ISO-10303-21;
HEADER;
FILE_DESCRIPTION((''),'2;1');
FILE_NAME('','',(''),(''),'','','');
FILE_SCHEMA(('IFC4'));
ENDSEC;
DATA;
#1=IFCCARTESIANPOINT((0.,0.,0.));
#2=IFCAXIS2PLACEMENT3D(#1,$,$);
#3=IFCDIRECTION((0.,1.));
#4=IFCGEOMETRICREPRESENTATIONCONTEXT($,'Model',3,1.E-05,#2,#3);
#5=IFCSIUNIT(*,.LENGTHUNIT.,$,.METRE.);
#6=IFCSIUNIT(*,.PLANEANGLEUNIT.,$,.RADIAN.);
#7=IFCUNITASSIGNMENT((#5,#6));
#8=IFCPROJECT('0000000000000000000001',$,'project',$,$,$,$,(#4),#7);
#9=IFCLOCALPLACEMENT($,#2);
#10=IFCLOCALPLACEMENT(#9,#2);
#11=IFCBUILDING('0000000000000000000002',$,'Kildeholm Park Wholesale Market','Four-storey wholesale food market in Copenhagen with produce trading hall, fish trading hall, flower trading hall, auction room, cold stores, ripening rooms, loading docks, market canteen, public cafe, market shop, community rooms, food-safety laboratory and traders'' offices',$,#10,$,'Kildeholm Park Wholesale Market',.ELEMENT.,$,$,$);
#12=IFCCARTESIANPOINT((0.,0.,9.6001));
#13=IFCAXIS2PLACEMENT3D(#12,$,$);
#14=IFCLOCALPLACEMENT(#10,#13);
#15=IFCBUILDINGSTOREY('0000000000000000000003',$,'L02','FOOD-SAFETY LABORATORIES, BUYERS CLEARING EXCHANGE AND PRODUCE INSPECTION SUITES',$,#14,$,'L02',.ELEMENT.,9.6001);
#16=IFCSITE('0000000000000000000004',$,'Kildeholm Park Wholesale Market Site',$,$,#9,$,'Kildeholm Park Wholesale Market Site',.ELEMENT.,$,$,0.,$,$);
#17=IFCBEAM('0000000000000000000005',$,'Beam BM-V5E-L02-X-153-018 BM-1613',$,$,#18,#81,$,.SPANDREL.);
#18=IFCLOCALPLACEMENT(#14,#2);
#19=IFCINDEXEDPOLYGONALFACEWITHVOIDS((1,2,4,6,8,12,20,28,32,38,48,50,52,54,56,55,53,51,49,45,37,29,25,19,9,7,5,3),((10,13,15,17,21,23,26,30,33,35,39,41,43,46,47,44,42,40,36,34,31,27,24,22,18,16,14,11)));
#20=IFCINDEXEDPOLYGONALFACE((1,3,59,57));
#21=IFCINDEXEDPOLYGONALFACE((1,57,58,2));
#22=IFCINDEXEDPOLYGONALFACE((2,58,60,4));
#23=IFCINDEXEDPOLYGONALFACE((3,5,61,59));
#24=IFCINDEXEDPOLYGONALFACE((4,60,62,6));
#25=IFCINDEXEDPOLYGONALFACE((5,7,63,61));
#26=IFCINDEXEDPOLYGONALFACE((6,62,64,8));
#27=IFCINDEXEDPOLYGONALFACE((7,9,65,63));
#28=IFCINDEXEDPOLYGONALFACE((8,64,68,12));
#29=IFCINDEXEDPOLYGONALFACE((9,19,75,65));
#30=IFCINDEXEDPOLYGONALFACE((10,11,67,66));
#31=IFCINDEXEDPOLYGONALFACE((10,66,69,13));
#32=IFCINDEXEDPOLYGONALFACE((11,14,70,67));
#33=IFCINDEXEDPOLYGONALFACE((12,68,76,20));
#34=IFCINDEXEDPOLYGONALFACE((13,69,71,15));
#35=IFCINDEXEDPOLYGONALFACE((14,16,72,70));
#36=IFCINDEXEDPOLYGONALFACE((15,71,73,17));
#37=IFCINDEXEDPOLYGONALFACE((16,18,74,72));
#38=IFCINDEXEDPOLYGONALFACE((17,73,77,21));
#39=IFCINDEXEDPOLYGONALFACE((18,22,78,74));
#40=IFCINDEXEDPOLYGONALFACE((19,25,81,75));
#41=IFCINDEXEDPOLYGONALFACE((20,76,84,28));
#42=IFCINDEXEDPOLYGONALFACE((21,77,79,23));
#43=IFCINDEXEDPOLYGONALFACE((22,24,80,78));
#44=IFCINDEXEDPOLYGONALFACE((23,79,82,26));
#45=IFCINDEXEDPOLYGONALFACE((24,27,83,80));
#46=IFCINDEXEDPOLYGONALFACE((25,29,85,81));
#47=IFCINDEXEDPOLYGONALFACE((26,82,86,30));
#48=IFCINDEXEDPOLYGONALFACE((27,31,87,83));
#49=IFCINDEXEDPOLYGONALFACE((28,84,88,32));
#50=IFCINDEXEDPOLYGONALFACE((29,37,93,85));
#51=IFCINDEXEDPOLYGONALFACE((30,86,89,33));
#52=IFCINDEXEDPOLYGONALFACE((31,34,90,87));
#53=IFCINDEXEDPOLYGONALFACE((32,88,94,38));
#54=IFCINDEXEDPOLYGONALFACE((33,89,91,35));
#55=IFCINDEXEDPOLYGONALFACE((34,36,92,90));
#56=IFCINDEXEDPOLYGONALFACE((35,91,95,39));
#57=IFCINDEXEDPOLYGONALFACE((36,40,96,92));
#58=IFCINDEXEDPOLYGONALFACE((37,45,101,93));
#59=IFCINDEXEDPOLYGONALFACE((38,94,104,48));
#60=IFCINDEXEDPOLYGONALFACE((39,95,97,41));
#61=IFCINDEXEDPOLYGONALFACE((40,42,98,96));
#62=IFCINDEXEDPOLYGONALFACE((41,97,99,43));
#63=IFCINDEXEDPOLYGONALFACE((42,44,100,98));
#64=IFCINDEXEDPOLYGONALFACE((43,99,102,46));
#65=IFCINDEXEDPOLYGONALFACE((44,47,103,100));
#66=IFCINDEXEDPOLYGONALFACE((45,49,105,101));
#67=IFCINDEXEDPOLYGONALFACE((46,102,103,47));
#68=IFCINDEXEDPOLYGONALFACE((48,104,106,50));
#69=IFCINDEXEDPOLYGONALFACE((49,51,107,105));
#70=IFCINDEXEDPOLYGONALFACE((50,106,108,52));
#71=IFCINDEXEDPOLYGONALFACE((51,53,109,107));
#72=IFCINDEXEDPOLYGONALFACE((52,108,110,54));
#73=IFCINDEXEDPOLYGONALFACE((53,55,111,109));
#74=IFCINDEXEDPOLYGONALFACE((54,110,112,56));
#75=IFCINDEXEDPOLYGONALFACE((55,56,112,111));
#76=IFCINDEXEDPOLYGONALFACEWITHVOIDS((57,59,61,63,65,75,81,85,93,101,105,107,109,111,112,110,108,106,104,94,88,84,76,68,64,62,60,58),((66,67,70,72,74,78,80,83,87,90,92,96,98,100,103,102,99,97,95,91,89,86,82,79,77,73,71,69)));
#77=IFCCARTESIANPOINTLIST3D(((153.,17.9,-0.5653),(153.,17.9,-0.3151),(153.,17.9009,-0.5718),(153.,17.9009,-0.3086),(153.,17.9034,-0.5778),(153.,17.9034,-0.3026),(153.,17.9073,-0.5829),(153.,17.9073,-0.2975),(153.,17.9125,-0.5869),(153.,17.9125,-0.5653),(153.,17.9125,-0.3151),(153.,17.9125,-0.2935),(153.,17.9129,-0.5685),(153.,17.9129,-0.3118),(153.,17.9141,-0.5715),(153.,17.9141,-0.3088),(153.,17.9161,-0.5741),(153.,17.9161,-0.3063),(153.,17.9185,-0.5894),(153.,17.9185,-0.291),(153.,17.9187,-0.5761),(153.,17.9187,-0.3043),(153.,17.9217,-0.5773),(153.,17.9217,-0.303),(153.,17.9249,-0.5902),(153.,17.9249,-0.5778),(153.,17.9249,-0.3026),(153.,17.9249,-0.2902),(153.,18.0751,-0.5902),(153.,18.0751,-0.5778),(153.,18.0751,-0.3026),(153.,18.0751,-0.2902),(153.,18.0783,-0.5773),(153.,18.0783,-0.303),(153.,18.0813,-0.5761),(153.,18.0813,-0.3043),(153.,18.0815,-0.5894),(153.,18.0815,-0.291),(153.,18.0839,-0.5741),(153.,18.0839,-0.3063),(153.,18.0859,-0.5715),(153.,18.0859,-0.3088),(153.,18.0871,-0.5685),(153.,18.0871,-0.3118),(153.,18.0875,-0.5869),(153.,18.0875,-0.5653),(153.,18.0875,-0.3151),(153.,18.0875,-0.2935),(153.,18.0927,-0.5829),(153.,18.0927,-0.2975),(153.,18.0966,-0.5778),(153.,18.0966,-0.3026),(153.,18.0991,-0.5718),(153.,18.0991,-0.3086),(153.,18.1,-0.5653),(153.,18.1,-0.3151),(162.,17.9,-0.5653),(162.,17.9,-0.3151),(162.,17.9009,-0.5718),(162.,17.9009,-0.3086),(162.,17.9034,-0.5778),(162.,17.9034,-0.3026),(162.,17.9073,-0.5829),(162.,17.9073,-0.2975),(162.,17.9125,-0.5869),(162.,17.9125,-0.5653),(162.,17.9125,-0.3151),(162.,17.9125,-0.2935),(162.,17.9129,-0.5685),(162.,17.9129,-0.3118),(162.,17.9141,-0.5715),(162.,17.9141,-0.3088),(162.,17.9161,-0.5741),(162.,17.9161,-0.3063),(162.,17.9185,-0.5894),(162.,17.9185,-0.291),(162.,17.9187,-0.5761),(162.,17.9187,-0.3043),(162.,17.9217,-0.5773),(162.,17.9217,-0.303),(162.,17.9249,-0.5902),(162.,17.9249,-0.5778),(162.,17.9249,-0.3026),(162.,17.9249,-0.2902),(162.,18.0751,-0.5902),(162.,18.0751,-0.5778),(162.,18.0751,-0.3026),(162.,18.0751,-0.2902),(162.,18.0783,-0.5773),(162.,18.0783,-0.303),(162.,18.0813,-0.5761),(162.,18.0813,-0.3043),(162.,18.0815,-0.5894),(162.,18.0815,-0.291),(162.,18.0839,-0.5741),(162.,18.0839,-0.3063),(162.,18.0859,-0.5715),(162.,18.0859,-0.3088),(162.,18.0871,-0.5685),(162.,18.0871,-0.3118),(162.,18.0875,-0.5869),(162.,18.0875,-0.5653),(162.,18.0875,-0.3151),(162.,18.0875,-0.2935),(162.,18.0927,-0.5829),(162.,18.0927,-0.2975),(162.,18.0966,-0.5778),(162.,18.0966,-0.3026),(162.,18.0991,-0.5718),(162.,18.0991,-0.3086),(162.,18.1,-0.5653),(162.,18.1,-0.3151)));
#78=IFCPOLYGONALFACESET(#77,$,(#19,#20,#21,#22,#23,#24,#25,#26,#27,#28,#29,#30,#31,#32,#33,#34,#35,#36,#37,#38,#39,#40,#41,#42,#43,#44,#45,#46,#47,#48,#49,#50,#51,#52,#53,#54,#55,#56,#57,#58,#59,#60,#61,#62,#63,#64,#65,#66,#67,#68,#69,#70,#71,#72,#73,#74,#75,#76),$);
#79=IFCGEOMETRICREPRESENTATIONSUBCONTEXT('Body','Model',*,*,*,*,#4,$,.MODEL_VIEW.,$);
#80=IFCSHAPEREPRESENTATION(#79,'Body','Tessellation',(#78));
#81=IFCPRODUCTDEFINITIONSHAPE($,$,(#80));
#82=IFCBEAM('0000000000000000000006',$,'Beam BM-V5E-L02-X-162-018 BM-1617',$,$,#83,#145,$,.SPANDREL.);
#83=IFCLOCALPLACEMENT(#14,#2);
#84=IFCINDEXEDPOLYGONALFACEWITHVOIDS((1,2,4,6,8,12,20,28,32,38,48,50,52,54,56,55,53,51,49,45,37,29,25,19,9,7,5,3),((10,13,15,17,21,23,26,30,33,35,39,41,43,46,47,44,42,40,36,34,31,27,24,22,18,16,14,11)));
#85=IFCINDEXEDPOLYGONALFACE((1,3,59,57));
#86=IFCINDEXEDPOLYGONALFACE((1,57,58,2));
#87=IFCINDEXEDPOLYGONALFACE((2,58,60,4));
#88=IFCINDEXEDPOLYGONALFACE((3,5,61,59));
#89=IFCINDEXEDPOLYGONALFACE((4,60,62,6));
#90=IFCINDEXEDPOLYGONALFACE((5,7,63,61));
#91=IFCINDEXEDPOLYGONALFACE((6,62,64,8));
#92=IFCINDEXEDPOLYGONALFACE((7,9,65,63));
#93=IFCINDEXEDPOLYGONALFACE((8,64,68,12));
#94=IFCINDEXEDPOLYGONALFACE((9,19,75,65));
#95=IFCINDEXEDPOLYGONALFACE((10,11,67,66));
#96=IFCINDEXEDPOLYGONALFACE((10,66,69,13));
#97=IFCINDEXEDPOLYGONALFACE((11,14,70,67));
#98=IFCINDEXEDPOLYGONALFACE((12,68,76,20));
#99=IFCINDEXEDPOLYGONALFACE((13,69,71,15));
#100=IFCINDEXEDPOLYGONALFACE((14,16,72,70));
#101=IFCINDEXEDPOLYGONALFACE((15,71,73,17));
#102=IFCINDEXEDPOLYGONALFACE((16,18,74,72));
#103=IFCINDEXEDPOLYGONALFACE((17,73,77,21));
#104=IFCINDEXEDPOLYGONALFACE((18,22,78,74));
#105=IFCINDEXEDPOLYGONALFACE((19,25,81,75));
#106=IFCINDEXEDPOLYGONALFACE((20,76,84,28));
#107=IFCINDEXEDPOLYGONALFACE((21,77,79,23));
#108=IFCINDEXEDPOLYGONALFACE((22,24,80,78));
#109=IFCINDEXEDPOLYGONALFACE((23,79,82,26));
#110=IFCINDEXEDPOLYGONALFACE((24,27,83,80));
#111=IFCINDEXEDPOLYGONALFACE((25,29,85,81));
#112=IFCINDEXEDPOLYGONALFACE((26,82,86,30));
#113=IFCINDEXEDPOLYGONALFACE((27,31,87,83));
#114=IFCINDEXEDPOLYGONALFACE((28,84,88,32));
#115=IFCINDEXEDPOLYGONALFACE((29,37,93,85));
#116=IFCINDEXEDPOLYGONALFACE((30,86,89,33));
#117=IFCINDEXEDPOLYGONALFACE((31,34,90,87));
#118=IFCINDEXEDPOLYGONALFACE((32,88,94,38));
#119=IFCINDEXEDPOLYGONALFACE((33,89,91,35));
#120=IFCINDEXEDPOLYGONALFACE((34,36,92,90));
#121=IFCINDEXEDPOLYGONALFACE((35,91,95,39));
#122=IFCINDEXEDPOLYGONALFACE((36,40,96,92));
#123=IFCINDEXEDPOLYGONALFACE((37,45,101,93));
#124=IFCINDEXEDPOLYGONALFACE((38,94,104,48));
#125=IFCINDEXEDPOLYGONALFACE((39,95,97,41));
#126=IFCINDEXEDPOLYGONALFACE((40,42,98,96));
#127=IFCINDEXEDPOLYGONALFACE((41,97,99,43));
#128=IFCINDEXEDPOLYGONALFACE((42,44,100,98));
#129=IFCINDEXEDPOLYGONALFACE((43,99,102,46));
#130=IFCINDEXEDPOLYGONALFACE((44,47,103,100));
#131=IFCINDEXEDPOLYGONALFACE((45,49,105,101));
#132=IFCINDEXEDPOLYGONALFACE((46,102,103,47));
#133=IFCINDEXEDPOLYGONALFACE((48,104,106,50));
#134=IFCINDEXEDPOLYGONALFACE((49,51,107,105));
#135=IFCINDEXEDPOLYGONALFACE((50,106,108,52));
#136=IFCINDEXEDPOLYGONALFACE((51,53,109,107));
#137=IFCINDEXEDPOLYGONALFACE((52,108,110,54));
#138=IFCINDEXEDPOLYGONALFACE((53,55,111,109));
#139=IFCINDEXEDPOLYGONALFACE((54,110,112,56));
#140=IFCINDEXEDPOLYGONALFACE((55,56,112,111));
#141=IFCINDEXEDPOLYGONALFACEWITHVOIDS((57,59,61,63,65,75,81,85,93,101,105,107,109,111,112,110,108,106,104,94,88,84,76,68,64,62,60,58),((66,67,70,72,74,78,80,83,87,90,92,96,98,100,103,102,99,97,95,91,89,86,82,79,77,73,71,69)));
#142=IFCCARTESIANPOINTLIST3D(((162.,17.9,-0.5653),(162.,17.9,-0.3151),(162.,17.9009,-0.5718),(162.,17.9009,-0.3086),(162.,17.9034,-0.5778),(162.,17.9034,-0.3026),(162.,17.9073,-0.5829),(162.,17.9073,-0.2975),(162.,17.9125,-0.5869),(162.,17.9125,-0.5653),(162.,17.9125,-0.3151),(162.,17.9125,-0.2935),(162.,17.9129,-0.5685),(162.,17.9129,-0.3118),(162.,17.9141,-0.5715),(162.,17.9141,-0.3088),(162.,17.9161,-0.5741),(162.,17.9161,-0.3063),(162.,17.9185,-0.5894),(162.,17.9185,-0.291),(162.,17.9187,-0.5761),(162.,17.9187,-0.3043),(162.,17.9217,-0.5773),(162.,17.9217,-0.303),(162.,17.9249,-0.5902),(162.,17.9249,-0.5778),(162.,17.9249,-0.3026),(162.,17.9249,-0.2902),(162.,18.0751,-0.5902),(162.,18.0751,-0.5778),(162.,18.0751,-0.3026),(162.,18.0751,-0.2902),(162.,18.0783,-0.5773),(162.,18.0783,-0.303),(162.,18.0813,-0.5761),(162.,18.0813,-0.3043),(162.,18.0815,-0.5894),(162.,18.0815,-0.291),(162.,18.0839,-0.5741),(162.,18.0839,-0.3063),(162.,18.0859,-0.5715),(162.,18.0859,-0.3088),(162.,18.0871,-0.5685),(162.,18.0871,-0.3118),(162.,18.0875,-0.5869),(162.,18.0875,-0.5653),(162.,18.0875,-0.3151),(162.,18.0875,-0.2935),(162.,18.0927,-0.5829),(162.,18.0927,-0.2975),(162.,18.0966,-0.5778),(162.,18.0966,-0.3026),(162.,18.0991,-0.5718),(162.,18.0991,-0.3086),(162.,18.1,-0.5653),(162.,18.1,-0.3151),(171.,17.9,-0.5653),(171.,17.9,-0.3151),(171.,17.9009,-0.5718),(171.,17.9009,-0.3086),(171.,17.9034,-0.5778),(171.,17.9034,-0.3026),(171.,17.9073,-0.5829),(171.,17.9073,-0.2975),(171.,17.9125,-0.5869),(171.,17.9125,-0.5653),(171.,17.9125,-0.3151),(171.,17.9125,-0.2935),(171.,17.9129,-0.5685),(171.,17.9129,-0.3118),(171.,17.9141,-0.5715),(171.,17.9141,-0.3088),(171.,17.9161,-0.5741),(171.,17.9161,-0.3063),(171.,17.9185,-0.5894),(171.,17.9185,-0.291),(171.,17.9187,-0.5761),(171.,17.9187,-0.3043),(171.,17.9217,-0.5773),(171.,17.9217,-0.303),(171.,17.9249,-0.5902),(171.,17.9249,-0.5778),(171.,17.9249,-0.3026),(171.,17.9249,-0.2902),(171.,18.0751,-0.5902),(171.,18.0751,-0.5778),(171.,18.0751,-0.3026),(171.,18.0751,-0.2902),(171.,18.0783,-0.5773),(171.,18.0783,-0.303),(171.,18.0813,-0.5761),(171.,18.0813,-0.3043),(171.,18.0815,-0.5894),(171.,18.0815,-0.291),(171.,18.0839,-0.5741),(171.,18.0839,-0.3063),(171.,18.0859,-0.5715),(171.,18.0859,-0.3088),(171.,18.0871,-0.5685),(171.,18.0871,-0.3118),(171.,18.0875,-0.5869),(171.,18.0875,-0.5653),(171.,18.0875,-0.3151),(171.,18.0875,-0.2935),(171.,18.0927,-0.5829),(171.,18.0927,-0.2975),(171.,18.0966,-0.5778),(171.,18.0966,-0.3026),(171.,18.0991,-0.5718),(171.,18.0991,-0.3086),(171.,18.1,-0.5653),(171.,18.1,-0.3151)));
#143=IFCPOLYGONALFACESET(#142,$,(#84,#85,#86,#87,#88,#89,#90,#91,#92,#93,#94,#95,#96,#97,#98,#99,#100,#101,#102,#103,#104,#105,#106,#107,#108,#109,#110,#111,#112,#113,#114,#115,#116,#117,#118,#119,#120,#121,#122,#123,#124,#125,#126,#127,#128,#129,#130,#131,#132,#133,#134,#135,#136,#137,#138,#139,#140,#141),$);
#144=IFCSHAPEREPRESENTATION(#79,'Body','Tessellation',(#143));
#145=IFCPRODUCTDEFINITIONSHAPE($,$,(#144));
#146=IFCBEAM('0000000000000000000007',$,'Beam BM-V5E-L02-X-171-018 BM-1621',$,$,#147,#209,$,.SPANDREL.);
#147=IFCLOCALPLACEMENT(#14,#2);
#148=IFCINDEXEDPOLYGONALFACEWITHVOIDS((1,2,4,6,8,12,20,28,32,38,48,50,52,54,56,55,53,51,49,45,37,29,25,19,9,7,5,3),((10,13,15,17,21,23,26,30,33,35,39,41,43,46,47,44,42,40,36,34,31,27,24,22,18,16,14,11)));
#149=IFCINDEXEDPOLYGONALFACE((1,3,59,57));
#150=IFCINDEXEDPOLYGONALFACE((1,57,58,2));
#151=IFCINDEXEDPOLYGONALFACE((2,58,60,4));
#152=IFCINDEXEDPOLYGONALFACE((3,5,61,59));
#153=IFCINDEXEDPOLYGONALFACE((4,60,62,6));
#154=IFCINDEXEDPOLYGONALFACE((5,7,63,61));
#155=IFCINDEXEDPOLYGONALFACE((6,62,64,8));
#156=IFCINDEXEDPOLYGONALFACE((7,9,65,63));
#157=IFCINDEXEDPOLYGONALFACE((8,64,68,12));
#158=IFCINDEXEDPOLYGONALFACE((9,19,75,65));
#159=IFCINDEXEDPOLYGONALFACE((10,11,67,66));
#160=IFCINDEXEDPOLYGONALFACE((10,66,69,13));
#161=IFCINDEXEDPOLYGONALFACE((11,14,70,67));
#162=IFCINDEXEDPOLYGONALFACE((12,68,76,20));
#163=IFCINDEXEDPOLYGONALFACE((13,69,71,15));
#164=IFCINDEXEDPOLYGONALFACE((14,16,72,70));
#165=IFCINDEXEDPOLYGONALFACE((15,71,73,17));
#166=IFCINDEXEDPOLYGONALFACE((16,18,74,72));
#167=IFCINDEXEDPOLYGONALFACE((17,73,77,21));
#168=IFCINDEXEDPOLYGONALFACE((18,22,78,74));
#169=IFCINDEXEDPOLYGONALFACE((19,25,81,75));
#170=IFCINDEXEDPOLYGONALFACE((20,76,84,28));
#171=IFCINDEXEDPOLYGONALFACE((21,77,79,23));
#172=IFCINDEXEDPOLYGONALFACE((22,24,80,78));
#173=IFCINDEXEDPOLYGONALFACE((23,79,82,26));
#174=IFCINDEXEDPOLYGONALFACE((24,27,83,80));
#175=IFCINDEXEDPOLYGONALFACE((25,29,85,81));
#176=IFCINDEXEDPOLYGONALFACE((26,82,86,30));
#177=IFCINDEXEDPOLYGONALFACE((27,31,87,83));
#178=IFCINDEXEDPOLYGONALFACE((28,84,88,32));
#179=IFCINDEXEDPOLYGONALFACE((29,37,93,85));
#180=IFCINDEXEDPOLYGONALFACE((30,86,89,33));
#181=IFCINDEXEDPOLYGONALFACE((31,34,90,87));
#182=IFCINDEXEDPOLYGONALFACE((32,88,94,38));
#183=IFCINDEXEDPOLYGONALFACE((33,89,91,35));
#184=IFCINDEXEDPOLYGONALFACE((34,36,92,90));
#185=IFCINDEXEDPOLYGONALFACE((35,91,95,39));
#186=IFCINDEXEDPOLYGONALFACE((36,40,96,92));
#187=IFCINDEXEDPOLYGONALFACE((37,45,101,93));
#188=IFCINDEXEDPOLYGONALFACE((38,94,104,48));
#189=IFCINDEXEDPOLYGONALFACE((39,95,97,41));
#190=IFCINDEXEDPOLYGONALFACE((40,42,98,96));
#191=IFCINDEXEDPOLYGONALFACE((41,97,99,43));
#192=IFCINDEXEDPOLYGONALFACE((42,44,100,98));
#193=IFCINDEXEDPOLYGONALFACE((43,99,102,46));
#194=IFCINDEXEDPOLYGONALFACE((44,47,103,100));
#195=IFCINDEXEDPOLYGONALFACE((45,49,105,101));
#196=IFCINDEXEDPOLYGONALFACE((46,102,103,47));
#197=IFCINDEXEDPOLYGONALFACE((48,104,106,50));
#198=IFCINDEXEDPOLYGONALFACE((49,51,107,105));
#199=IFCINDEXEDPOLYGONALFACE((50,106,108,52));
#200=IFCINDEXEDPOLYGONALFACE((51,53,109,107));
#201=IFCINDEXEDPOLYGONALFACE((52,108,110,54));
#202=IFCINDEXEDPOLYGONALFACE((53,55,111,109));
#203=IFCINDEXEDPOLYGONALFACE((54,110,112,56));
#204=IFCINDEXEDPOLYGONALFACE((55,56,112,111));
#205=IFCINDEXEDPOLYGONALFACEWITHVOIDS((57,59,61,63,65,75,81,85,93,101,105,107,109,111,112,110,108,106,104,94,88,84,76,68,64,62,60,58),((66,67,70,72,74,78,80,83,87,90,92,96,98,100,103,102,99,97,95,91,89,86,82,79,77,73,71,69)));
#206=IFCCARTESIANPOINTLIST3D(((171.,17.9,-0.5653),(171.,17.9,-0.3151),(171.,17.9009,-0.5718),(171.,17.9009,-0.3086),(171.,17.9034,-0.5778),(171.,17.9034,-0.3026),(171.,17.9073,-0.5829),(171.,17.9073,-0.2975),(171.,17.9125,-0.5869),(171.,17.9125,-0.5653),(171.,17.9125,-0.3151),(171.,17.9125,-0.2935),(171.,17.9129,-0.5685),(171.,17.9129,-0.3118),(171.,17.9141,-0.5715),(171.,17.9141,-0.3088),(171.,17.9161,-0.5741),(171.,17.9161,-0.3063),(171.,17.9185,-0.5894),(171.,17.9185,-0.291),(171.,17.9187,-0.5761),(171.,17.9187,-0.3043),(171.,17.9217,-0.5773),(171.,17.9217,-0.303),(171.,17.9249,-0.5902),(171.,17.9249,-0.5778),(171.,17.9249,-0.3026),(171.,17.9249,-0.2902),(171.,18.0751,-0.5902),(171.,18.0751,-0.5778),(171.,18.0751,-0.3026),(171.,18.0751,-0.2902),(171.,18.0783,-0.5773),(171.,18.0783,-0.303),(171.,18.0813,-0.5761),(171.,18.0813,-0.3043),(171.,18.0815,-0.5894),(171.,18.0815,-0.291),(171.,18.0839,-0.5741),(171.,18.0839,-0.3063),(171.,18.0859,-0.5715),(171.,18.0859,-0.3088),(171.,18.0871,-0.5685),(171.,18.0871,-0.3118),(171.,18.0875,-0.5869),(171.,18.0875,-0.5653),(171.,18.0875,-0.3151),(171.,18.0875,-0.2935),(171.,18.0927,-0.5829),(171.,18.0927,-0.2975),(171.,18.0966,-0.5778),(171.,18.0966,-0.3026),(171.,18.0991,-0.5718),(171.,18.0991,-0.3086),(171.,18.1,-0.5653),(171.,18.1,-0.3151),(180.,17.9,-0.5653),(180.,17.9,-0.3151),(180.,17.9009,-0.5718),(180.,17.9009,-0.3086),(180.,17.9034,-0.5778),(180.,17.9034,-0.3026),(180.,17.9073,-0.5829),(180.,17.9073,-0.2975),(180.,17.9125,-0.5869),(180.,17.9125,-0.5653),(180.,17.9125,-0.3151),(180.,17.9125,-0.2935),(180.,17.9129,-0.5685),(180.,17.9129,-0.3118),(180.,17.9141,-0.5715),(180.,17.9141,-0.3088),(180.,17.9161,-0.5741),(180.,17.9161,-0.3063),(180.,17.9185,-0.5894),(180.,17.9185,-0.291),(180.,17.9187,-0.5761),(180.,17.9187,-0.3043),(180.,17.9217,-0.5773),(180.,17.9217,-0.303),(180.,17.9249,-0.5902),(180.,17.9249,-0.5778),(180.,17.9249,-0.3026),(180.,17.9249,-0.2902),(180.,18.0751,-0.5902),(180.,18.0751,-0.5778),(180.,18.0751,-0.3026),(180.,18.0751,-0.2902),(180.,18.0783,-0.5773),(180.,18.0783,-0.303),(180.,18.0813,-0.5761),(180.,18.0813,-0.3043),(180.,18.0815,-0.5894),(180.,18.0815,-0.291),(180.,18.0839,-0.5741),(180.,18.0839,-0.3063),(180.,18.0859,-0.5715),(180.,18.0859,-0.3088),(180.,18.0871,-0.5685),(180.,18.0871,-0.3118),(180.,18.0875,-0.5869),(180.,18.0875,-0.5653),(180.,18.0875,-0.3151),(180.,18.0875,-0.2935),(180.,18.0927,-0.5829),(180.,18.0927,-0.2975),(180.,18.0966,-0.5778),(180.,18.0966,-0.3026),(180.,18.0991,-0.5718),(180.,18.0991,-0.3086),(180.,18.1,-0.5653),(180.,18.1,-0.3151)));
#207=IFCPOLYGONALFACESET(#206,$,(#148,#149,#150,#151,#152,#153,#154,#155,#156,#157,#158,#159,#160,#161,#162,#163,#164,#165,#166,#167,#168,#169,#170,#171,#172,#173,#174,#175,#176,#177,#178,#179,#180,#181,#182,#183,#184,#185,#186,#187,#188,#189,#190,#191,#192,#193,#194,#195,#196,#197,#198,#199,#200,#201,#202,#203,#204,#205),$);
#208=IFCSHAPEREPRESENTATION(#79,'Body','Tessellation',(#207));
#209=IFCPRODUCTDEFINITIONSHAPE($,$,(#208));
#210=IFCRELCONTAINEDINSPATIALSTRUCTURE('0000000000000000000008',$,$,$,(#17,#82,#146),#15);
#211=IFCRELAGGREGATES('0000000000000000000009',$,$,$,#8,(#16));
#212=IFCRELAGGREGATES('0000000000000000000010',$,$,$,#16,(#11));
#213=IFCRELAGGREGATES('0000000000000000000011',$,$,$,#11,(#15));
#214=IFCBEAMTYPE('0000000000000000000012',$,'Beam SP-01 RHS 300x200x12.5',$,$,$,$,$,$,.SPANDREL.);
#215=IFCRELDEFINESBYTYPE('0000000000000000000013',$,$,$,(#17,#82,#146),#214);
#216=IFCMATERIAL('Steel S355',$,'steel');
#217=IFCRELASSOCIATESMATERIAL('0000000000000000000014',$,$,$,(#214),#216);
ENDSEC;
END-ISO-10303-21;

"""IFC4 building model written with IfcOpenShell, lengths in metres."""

from ifc_helpers import new_model, si_unit, direction, frame, origin, origin_2d, place, context, subcontext, project, spatial, hollow_rectangle, extrude, material, material_profile, profile_set, type_object, element, save


model = new_model("IFC4")

# Units and contexts
model_context = context("Model", 3, precision=1e-05, world=origin(), true_north=direction((0.0, 1.0)))
body_context = subcontext(model_context, "Body", "Model", "MODEL_VIEW")
ifc_project = project(units=[si_unit("LENGTHUNIT", "METRE"), si_unit("PLANEANGLEUNIT", "RADIAN")], contexts=[model_context])

# Site, building, storey
site_placement = place(None, origin())
site = spatial("IfcSite", under=ifc_project, at=site_placement, Name="Kildeholm Park Wholesale Market Site", LongName="Kildeholm Park Wholesale Market Site", CompositionType="ELEMENT", RefElevation=0.0)
building_placement = place(site_placement, origin())
building = spatial("IfcBuilding", under=site, at=building_placement, Name="Kildeholm Park Wholesale Market", Description="Four-storey wholesale food market in Copenhagen with produce trading hall, fish trading hall, flower trading hall, auction room, cold stores, ripening rooms, loading docks, market canteen, public cafe, market shop, community rooms, food-safety laboratory and traders' offices", LongName="Kildeholm Park Wholesale Market", CompositionType="ELEMENT")
storey_placement = place(building_placement, frame((0.0, 0.0, 9.6001)))
storey = spatial("IfcBuildingStorey", under=building, at=storey_placement, Name="L02", Description="FOOD-SAFETY LABORATORIES, BUYERS CLEARING EXCHANGE AND PRODUCE INSPECTION SUITES", LongName="L02", CompositionType="ELEMENT", Elevation=9.6001)

# Shared definitions
ifc_material_1 = material(Name="Steel S355", Category="steel")

# Beams
ifc_material_profile_1 = material_profile(ifc_material_1, hollow_rectangle(XDim=0.2, YDim=0.3, WallThickness=0.0125, InnerFilletRadius=0.0125, OuterFilletRadius=0.0249, at=origin_2d()), Name="RHS 300x200x12.5")
ifc_profile_set_1 = profile_set([ifc_material_profile_1], Name="Steel S355")
beam_type_1 = type_object("IfcBeamType", Name="Beam SP-01 RHS 300x200x12.5", PredefinedType="SPANDREL", material=ifc_profile_set_1)
for number, where, z_axis, x_axis, name in (
    (1, (153.0, 18.0, -0.4402), (1.0, 0.0, 0.0), (0.0, 1.0, 0.0), "Beam BM-V5E-L02-X-153-018 BM-1613"),
    (2, (162.0, 18.0, -0.4402), (1.0, 0.0, 0.0), (0.0, 1.0, 0.0), "Beam BM-V5E-L02-X-162-018 BM-1617"),
    (3, (171.0, 18.0, -0.4402), (1.0, 0.0, 0.0), (0.0, 1.0, 0.0), "Beam BM-V5E-L02-X-171-018 BM-1621"),
):
    element("IfcBeam", number, at=place(storey_placement, frame(where, z_axis=z_axis, x_axis=x_axis)), inside=storey, type_object=beam_type_1, Name=name, PredefinedType="SPANDREL", context=body_context, shape_type="SweptSolid", body=[
        extrude(hollow_rectangle(XDim=0.2, YDim=0.3, WallThickness=0.0125, InnerFilletRadius=0.0125, OuterFilletRadius=0.0249, at=origin_2d()), origin(), (0.0, 0.0, 1.0), 9.0),
    ])

save(model, "model.ifc")
